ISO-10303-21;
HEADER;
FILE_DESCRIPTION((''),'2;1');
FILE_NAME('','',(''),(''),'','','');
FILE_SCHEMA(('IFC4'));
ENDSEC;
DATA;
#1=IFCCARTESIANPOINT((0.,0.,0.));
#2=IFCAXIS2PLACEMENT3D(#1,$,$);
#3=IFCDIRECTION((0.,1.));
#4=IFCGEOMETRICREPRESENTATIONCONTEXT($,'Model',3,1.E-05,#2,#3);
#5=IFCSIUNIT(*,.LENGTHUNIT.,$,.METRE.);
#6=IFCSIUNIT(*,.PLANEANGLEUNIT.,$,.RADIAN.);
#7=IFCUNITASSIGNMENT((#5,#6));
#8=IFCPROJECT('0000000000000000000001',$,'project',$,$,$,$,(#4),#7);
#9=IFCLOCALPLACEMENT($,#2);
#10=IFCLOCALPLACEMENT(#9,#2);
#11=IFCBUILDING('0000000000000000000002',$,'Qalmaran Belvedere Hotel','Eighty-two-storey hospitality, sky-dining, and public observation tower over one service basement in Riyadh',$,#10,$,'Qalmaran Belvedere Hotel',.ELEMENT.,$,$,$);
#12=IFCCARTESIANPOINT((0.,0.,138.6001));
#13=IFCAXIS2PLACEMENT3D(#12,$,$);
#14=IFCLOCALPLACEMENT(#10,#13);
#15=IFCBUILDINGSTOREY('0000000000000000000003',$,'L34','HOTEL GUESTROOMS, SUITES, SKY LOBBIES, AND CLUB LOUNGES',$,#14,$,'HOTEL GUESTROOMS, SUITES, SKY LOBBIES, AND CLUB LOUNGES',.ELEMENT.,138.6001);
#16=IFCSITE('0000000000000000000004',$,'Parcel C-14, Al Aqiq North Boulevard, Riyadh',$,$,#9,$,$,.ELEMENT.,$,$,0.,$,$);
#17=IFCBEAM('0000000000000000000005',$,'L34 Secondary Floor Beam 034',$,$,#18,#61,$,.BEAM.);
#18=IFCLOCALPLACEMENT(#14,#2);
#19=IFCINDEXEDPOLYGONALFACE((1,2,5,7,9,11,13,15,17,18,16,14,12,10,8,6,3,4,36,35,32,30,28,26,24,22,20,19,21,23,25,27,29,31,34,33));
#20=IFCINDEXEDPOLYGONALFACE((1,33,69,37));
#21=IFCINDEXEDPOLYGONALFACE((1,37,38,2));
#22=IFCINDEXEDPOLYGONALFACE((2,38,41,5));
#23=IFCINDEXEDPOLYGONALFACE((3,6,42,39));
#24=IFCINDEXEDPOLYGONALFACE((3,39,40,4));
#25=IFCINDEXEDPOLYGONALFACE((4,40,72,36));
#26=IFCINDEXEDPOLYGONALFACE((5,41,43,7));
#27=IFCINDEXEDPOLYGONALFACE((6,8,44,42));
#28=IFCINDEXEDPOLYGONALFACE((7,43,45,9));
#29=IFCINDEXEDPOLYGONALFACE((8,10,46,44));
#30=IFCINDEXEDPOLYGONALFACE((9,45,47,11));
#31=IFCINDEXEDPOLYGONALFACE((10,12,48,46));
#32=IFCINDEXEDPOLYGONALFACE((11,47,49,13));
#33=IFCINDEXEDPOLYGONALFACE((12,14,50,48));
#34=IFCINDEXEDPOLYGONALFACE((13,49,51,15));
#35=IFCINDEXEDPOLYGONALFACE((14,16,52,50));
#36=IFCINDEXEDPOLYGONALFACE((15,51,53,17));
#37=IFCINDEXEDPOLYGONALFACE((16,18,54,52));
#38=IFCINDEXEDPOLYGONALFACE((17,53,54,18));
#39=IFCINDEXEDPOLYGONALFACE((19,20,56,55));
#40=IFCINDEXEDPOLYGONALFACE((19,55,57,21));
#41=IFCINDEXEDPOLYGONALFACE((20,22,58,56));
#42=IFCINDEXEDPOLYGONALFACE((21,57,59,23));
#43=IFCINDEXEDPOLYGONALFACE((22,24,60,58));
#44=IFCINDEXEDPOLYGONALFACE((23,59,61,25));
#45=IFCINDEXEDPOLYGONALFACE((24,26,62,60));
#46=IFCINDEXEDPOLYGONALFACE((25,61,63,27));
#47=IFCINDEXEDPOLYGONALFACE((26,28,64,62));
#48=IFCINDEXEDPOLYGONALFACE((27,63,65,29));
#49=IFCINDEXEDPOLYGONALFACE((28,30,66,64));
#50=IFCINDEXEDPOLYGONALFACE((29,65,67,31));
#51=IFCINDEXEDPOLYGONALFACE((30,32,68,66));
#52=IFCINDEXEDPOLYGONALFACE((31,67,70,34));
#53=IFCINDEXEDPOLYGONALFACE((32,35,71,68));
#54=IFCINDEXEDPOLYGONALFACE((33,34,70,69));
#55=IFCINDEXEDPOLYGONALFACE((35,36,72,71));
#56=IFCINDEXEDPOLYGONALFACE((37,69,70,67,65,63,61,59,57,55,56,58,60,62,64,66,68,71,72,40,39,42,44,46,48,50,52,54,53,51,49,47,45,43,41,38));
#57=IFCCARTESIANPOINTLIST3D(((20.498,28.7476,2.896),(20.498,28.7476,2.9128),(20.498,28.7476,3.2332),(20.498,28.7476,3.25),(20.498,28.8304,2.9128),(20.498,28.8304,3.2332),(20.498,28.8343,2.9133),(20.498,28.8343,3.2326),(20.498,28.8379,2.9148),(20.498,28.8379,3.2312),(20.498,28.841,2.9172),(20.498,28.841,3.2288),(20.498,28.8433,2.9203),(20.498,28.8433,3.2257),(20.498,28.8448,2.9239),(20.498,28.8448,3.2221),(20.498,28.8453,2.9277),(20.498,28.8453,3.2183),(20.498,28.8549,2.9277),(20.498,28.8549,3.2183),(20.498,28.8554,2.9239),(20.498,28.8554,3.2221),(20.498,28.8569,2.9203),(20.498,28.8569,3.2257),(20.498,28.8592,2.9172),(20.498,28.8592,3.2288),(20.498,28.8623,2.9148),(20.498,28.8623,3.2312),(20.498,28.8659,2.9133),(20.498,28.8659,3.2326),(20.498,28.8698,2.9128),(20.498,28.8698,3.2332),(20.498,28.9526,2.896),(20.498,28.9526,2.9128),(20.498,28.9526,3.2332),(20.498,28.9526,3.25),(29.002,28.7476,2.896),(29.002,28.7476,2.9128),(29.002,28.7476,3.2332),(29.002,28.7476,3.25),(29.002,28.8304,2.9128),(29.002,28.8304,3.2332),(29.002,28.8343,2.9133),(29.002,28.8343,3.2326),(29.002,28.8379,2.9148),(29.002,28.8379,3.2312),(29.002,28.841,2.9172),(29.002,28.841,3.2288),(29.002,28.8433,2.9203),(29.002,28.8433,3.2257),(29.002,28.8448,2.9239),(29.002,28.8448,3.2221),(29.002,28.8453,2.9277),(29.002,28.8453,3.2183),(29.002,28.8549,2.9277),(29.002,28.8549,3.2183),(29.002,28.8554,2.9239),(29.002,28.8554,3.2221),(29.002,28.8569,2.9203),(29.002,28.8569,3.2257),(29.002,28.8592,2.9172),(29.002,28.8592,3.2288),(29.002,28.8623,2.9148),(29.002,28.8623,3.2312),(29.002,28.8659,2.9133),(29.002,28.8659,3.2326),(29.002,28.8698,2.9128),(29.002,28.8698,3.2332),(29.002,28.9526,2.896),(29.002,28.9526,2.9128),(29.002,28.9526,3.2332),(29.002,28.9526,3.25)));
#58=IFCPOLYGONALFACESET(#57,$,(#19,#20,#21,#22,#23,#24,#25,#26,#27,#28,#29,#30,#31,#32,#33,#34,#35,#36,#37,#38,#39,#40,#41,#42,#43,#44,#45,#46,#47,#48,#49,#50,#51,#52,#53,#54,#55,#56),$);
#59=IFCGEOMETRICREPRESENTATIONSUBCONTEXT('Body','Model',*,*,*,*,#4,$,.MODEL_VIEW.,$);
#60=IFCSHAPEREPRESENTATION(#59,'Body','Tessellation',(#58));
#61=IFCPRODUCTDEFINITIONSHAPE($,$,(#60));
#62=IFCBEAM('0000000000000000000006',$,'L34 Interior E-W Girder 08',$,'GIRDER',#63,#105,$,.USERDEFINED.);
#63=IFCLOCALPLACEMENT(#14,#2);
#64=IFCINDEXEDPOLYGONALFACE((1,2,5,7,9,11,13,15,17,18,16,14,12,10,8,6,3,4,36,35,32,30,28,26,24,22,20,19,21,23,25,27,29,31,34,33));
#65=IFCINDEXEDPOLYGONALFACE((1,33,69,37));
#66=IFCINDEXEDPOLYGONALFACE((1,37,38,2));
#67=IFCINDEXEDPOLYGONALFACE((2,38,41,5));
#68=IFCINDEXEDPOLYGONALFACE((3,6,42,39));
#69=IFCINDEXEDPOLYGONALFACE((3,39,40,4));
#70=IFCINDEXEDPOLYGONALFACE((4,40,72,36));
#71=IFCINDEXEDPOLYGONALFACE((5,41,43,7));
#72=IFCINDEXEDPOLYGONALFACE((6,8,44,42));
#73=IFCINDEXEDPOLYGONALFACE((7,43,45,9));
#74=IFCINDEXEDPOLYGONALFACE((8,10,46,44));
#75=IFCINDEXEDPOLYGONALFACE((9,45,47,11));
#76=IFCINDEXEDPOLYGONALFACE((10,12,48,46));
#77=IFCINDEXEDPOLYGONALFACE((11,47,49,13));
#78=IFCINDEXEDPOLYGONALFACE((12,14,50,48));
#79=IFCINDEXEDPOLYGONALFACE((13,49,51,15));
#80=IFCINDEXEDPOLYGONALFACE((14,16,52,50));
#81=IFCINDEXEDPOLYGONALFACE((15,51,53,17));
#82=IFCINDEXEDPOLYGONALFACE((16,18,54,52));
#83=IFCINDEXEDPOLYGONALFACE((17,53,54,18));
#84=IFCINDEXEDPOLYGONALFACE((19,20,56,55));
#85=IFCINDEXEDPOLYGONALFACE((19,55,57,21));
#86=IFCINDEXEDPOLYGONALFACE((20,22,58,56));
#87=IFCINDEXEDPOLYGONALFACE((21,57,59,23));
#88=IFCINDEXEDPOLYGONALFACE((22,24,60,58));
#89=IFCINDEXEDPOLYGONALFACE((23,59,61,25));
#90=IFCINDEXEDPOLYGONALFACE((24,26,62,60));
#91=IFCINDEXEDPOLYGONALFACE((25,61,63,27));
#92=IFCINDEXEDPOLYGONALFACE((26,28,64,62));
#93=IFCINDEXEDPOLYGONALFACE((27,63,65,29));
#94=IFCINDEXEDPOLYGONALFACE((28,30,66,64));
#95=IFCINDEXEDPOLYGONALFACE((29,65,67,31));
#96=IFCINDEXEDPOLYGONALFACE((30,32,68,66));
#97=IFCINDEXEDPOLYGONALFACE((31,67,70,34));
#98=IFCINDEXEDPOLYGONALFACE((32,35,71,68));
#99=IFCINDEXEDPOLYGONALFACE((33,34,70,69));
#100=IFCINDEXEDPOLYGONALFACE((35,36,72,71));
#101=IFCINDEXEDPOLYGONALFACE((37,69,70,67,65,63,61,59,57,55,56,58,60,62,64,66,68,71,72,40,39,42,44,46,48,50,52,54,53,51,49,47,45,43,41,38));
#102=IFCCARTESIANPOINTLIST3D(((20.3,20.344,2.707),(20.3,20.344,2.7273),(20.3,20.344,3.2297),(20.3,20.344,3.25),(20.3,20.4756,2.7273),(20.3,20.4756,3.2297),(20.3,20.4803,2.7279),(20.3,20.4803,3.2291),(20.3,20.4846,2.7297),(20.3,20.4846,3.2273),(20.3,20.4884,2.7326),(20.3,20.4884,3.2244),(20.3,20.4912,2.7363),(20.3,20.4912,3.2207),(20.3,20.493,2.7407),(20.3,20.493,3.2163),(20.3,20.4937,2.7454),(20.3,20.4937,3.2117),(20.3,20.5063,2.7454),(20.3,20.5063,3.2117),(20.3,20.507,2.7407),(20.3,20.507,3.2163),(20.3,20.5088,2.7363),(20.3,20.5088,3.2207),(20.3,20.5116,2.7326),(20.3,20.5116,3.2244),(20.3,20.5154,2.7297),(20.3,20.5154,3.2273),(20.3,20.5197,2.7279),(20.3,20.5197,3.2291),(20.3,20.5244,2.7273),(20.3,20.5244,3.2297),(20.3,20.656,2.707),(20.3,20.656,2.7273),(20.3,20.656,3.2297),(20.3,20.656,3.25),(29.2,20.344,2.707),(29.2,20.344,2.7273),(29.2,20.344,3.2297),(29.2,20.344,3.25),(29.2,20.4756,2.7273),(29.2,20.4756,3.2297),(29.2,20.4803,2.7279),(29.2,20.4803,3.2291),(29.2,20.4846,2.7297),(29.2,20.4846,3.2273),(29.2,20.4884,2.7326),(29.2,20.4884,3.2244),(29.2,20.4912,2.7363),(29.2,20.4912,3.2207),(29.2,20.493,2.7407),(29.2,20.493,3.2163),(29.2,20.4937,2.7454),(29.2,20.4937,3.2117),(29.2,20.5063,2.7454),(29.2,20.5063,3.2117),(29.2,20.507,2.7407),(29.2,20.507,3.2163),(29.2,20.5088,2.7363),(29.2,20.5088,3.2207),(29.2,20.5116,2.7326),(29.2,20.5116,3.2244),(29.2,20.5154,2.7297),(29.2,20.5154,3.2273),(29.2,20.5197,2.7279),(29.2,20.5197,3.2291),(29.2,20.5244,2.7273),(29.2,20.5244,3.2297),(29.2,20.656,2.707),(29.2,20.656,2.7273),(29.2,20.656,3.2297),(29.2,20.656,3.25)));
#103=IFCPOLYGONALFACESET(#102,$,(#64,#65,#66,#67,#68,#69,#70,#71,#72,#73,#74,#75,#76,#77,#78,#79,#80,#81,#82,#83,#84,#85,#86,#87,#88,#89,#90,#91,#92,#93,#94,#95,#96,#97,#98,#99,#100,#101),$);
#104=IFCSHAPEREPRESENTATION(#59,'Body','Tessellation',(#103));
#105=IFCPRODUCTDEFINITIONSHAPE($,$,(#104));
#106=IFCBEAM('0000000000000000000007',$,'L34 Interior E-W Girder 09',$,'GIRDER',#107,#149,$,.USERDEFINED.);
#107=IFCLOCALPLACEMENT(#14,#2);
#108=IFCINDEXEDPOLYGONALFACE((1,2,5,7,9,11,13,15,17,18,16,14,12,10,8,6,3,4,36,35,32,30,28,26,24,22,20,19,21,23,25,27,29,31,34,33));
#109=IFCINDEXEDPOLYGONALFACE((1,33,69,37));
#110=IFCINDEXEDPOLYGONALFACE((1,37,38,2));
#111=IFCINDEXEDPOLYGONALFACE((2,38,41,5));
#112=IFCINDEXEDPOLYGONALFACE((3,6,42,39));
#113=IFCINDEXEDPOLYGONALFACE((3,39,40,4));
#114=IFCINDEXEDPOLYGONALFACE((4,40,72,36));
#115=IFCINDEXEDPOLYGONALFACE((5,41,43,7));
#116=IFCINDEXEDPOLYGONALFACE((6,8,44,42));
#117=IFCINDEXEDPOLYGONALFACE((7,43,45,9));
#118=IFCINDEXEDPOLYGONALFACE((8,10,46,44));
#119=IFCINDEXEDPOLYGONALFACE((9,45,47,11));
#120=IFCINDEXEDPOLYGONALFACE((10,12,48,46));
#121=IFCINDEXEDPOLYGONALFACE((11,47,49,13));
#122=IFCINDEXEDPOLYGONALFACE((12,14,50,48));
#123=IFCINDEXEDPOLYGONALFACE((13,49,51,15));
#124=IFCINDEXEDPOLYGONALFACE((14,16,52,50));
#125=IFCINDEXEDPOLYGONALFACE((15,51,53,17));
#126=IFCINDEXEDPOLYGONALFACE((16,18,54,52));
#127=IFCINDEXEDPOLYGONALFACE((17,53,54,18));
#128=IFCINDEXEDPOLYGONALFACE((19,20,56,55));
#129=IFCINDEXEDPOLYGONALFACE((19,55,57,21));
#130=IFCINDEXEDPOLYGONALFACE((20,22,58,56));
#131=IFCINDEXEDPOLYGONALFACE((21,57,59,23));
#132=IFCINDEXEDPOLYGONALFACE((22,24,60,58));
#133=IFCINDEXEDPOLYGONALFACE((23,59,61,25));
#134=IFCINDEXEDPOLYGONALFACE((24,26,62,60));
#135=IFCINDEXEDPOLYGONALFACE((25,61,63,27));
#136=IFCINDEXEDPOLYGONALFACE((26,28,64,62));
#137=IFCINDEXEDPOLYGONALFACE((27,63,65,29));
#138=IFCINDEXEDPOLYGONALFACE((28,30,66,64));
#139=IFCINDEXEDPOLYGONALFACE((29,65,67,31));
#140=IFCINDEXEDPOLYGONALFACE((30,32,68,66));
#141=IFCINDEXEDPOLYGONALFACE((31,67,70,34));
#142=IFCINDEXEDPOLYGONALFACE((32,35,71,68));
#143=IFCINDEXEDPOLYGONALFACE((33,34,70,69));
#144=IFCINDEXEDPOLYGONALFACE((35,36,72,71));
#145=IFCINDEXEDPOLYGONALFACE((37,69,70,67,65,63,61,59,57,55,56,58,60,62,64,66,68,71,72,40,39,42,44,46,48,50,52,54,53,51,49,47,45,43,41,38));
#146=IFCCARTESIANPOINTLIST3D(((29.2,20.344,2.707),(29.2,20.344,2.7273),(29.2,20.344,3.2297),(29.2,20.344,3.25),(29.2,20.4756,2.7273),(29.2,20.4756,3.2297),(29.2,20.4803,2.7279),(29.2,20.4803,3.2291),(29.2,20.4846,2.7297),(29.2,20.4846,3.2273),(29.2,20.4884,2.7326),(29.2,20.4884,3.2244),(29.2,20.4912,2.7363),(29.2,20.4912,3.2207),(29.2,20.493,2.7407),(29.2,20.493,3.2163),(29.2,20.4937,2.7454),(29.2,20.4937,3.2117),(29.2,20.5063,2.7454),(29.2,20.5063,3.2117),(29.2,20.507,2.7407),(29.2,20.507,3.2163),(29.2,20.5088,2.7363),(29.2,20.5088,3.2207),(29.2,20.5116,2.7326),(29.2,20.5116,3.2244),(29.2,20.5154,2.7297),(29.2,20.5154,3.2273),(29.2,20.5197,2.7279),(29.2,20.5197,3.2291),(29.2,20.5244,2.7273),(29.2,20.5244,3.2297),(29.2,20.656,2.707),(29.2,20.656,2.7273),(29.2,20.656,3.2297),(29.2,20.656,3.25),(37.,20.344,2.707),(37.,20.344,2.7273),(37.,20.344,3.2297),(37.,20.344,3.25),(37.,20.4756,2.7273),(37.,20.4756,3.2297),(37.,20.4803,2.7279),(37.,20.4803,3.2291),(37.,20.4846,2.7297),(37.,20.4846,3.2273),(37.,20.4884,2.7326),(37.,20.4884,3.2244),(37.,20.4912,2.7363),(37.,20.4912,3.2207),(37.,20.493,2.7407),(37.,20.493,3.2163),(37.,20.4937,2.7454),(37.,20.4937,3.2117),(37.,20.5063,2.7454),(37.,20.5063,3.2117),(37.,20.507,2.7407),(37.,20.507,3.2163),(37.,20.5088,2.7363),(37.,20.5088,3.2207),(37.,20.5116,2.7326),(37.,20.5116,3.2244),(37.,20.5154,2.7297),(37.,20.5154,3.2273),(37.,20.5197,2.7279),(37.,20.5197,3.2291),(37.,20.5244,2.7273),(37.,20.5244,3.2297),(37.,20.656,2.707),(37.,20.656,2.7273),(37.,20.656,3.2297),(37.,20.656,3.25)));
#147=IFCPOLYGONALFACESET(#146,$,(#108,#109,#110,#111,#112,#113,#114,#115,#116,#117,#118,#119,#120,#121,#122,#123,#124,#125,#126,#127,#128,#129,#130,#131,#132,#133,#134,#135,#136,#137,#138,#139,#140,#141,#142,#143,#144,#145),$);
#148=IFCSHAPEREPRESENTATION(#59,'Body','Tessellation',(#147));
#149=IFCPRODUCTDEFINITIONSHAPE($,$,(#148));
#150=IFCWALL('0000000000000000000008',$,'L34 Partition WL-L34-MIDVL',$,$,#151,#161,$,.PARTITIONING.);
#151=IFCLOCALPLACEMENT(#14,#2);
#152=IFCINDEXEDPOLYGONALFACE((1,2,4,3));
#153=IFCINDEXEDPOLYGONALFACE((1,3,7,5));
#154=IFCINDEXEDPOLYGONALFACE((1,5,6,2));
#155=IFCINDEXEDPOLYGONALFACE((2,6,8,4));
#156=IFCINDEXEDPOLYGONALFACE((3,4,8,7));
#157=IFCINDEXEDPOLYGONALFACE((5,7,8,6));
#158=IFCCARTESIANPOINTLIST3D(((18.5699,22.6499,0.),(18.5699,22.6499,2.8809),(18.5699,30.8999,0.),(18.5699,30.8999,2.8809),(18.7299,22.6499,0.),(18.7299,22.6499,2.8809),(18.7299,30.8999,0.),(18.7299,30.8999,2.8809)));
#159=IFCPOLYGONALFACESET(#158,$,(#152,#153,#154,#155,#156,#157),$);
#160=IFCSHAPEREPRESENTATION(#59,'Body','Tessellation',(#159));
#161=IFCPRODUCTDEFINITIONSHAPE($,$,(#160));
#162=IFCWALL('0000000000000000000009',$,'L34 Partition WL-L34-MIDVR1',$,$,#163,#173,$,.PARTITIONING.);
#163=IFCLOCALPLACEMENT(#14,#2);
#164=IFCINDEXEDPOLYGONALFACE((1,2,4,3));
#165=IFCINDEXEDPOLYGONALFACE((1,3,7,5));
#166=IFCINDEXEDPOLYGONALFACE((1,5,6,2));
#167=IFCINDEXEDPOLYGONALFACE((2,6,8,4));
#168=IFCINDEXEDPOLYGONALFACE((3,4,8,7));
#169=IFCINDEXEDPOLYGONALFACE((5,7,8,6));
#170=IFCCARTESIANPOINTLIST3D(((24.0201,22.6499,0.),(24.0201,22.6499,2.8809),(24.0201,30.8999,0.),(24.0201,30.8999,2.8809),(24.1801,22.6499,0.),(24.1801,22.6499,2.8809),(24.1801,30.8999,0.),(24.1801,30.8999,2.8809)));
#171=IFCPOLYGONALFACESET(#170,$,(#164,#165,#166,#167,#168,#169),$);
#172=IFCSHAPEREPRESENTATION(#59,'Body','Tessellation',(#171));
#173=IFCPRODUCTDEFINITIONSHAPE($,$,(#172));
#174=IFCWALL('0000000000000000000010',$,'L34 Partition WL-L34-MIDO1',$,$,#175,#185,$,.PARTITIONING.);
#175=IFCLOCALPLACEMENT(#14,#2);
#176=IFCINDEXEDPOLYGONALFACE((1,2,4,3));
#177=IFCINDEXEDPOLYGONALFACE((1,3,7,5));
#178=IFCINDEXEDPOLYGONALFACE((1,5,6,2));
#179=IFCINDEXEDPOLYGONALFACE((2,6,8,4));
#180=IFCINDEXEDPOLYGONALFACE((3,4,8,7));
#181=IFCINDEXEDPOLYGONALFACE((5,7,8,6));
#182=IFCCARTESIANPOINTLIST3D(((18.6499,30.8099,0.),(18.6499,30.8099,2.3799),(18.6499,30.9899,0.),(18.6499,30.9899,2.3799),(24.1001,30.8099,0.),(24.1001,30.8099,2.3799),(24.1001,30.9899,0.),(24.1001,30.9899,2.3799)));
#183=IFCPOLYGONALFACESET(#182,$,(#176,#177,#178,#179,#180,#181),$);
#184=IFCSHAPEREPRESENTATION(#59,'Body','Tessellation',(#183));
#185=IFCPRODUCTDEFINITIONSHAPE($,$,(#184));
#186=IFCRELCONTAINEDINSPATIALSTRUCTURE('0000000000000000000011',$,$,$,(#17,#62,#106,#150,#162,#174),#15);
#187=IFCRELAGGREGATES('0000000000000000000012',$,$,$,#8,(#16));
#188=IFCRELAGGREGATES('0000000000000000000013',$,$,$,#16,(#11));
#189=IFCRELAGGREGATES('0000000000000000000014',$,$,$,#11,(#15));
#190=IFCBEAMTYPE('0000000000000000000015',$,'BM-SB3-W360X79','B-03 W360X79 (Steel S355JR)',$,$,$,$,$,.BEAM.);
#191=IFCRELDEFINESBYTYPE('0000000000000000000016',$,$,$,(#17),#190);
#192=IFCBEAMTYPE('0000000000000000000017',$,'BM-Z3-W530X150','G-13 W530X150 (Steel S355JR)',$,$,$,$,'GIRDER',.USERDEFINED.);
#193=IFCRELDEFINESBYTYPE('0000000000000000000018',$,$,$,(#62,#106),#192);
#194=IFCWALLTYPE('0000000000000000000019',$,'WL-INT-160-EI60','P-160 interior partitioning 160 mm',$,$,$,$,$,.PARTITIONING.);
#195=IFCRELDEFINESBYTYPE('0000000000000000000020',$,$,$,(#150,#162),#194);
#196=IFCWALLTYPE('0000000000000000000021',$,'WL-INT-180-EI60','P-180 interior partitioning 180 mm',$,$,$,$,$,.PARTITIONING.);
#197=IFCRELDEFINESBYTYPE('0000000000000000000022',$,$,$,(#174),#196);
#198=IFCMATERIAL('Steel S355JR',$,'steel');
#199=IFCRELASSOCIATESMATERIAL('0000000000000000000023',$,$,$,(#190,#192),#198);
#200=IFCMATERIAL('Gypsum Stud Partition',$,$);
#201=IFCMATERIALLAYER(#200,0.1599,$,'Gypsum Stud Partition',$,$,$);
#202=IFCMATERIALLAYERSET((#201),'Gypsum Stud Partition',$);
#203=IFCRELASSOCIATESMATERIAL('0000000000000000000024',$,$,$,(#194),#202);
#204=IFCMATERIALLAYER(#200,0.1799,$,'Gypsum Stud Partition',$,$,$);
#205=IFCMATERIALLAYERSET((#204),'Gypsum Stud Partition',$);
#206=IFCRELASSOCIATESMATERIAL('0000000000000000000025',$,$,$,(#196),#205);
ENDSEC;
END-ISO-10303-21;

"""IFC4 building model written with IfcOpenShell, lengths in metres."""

from ifc_helpers import new_model, si_unit, direction, frame, frame_2d, origin, origin_2d, place, context, subcontext, project, spatial, rectangle, i_section, extrude, material, layer, layer_set, material_profile, profile_set, type_object, element, save


model = new_model("IFC4")

# Units and contexts
model_context = context("Model", 3, precision=1e-05, world=origin(), true_north=direction((0.0, 1.0)))
body_context = subcontext(model_context, "Body", "Model", "MODEL_VIEW")
ifc_project = project(units=[si_unit("LENGTHUNIT", "METRE"), si_unit("PLANEANGLEUNIT", "RADIAN")], contexts=[model_context])

# Site, building, storey
site_placement = place(None, origin())
site = spatial("IfcSite", under=ifc_project, at=site_placement, Name="Parcel C-14, Al Aqiq North Boulevard, Riyadh", CompositionType="ELEMENT", RefElevation=0.0)
building_placement = place(site_placement, origin())
building = spatial("IfcBuilding", under=site, at=building_placement, Name="Qalmaran Belvedere Hotel", Description="Eighty-two-storey hospitality, sky-dining, and public observation tower over one service basement in Riyadh", LongName="Qalmaran Belvedere Hotel", CompositionType="ELEMENT")
storey_placement = place(building_placement, frame((0.0, 0.0, 138.6001)))
storey = spatial("IfcBuildingStorey", under=building, at=storey_placement, Name="L34", Description="HOTEL GUESTROOMS, SUITES, SKY LOBBIES, AND CLUB LOUNGES", LongName="HOTEL GUESTROOMS, SUITES, SKY LOBBIES, AND CLUB LOUNGES", CompositionType="ELEMENT", Elevation=138.6001)

# Beams
ifc_material_1 = material(Name="Steel S355JR", Category="steel")
ifc_material_profile_1 = material_profile(ifc_material_1, i_section(OverallWidth=0.2051, OverallDepth=0.354, WebThickness=0.0095, FlangeThickness=0.0168, FilletRadius=0.0149, at=origin_2d()), Name="W360X79")
ifc_profile_set_1 = profile_set([ifc_material_profile_1], Name="Steel S355JR")
beam_type_1 = type_object("IfcBeamType", Name="BM-SB3-W360X79", Description="B-03 W360X79 (Steel S355JR)", PredefinedType="BEAM", material=ifc_profile_set_1)
for number, where, z_axis, x_axis, name in (
    (1, (20.498, 28.8501, 3.073), (1.0, 0.0, 0.0), (0.0, 1.0, 0.0), "L34 Secondary Floor Beam 034"),
):
    element("IfcBeam", number, at=place(storey_placement, frame(where, z_axis=z_axis, x_axis=x_axis)), inside=storey, type_object=beam_type_1, Name=name, PredefinedType="BEAM", context=body_context, shape_type="SweptSolid", body=[
        extrude(i_section(OverallWidth=0.2051, OverallDepth=0.354, WebThickness=0.0095, FlangeThickness=0.0168, FilletRadius=0.0149, at=origin_2d()), origin(), (0.0, 0.0, 1.0), 8.5039),
    ])
ifc_material_profile_2 = material_profile(ifc_material_1, i_section(OverallWidth=0.312, OverallDepth=0.543, WebThickness=0.0127, FlangeThickness=0.0203, FilletRadius=0.0181, at=origin_2d()), Name="W530X150")
ifc_profile_set_2 = profile_set([ifc_material_profile_2], Name="Steel S355JR")
beam_type_2 = type_object("IfcBeamType", Name="BM-Z3-W530X150", Description="G-13 W530X150 (Steel S355JR)", ElementType="GIRDER", PredefinedType="USERDEFINED", material=ifc_profile_set_2)
beam_1_placement = place(storey_placement, frame((20.3, 20.5, 2.9785), z_axis=(1.0, 0.0, 0.0), x_axis=(0.0, 1.0, 0.0)))
element("IfcBeam", 2, at=beam_1_placement, inside=storey, type_object=beam_type_2, Name="L34 Interior E-W Girder 08", ObjectType="GIRDER", PredefinedType="USERDEFINED", context=body_context, shape_type="SweptSolid", body=[
    extrude(i_section(OverallWidth=0.312, OverallDepth=0.543, WebThickness=0.0127, FlangeThickness=0.0203, FilletRadius=0.0181, at=origin_2d()), origin(), (0.0, 0.0, 1.0), 8.8999),
])
beam_2_placement = place(storey_placement, frame((29.2, 20.5, 2.9785), z_axis=(1.0, 0.0, 0.0), x_axis=(0.0, 1.0, 0.0)))
element("IfcBeam", 3, at=beam_2_placement, inside=storey, type_object=beam_type_2, Name="L34 Interior E-W Girder 09", ObjectType="GIRDER", PredefinedType="USERDEFINED", context=body_context, shape_type="SweptSolid", body=[
    extrude(i_section(OverallWidth=0.312, OverallDepth=0.543, WebThickness=0.0127, FlangeThickness=0.0203, FilletRadius=0.0181, at=origin_2d()), origin(), (0.0, 0.0, 1.0), 7.8),
])

# Shared definitions
ifc_material_2 = material(Name="Gypsum Stud Partition")

# Walls
ifc_layer_1 = layer(ifc_material_2, 0.1599, Name="Gypsum Stud Partition")
ifc_layer_set_1 = layer_set([ifc_layer_1], Name="Gypsum Stud Partition")
wall_type_1 = type_object("IfcWallType", Name="WL-INT-160-EI60", Description="P-160 interior partitioning 160 mm", PredefinedType="PARTITIONING", material=ifc_layer_set_1)
for number, where, z_axis, x_axis, name in (
    (4, (18.6499, 22.6499, 0.0), (0.0, 0.0, 1.0), (0.0, 1.0, 0.0), "L34 Partition WL-L34-MIDVL"),
    (5, (24.1001, 22.6499, 0.0), (0.0, 0.0, 1.0), (0.0, 1.0, 0.0), "L34 Partition WL-L34-MIDVR1"),
):
    element("IfcWall", number, at=place(storey_placement, frame(where, z_axis=z_axis, x_axis=x_axis)), inside=storey, type_object=wall_type_1, Name=name, PredefinedType="PARTITIONING", context=body_context, shape_type="SweptSolid", body=[
        extrude(rectangle(XDim=8.25, YDim=0.1599, at=frame_2d((4.125, 0.0))), origin(), (0.0, 0.0, 1.0), 2.8809),
    ])

# Shared definitions
ifc_layer_2 = layer(ifc_material_2, 0.1799, Name="Gypsum Stud Partition")
ifc_layer_set_2 = layer_set([ifc_layer_2], Name="Gypsum Stud Partition")
wall_type_2 = type_object("IfcWallType", Name="WL-INT-180-EI60", Description="P-180 interior partitioning 180 mm", PredefinedType="PARTITIONING", material=ifc_layer_set_2)

# Wall
wall_1_placement = place(storey_placement, frame((18.6499, 30.8999, 0.0), z_axis=(0.0, 0.0, 1.0), x_axis=(1.0, 0.0, 0.0)))
element("IfcWall", 6, at=wall_1_placement, inside=storey, type_object=wall_type_2, Name="L34 Partition WL-L34-MIDO1", PredefinedType="PARTITIONING", context=body_context, shape_type="SweptSolid", body=[
    extrude(rectangle(XDim=5.4502, YDim=0.1799, at=frame_2d((2.7251, 0.0))), origin(), (0.0, 0.0, 1.0), 2.3799),
])

save(model, "model.ifc")
